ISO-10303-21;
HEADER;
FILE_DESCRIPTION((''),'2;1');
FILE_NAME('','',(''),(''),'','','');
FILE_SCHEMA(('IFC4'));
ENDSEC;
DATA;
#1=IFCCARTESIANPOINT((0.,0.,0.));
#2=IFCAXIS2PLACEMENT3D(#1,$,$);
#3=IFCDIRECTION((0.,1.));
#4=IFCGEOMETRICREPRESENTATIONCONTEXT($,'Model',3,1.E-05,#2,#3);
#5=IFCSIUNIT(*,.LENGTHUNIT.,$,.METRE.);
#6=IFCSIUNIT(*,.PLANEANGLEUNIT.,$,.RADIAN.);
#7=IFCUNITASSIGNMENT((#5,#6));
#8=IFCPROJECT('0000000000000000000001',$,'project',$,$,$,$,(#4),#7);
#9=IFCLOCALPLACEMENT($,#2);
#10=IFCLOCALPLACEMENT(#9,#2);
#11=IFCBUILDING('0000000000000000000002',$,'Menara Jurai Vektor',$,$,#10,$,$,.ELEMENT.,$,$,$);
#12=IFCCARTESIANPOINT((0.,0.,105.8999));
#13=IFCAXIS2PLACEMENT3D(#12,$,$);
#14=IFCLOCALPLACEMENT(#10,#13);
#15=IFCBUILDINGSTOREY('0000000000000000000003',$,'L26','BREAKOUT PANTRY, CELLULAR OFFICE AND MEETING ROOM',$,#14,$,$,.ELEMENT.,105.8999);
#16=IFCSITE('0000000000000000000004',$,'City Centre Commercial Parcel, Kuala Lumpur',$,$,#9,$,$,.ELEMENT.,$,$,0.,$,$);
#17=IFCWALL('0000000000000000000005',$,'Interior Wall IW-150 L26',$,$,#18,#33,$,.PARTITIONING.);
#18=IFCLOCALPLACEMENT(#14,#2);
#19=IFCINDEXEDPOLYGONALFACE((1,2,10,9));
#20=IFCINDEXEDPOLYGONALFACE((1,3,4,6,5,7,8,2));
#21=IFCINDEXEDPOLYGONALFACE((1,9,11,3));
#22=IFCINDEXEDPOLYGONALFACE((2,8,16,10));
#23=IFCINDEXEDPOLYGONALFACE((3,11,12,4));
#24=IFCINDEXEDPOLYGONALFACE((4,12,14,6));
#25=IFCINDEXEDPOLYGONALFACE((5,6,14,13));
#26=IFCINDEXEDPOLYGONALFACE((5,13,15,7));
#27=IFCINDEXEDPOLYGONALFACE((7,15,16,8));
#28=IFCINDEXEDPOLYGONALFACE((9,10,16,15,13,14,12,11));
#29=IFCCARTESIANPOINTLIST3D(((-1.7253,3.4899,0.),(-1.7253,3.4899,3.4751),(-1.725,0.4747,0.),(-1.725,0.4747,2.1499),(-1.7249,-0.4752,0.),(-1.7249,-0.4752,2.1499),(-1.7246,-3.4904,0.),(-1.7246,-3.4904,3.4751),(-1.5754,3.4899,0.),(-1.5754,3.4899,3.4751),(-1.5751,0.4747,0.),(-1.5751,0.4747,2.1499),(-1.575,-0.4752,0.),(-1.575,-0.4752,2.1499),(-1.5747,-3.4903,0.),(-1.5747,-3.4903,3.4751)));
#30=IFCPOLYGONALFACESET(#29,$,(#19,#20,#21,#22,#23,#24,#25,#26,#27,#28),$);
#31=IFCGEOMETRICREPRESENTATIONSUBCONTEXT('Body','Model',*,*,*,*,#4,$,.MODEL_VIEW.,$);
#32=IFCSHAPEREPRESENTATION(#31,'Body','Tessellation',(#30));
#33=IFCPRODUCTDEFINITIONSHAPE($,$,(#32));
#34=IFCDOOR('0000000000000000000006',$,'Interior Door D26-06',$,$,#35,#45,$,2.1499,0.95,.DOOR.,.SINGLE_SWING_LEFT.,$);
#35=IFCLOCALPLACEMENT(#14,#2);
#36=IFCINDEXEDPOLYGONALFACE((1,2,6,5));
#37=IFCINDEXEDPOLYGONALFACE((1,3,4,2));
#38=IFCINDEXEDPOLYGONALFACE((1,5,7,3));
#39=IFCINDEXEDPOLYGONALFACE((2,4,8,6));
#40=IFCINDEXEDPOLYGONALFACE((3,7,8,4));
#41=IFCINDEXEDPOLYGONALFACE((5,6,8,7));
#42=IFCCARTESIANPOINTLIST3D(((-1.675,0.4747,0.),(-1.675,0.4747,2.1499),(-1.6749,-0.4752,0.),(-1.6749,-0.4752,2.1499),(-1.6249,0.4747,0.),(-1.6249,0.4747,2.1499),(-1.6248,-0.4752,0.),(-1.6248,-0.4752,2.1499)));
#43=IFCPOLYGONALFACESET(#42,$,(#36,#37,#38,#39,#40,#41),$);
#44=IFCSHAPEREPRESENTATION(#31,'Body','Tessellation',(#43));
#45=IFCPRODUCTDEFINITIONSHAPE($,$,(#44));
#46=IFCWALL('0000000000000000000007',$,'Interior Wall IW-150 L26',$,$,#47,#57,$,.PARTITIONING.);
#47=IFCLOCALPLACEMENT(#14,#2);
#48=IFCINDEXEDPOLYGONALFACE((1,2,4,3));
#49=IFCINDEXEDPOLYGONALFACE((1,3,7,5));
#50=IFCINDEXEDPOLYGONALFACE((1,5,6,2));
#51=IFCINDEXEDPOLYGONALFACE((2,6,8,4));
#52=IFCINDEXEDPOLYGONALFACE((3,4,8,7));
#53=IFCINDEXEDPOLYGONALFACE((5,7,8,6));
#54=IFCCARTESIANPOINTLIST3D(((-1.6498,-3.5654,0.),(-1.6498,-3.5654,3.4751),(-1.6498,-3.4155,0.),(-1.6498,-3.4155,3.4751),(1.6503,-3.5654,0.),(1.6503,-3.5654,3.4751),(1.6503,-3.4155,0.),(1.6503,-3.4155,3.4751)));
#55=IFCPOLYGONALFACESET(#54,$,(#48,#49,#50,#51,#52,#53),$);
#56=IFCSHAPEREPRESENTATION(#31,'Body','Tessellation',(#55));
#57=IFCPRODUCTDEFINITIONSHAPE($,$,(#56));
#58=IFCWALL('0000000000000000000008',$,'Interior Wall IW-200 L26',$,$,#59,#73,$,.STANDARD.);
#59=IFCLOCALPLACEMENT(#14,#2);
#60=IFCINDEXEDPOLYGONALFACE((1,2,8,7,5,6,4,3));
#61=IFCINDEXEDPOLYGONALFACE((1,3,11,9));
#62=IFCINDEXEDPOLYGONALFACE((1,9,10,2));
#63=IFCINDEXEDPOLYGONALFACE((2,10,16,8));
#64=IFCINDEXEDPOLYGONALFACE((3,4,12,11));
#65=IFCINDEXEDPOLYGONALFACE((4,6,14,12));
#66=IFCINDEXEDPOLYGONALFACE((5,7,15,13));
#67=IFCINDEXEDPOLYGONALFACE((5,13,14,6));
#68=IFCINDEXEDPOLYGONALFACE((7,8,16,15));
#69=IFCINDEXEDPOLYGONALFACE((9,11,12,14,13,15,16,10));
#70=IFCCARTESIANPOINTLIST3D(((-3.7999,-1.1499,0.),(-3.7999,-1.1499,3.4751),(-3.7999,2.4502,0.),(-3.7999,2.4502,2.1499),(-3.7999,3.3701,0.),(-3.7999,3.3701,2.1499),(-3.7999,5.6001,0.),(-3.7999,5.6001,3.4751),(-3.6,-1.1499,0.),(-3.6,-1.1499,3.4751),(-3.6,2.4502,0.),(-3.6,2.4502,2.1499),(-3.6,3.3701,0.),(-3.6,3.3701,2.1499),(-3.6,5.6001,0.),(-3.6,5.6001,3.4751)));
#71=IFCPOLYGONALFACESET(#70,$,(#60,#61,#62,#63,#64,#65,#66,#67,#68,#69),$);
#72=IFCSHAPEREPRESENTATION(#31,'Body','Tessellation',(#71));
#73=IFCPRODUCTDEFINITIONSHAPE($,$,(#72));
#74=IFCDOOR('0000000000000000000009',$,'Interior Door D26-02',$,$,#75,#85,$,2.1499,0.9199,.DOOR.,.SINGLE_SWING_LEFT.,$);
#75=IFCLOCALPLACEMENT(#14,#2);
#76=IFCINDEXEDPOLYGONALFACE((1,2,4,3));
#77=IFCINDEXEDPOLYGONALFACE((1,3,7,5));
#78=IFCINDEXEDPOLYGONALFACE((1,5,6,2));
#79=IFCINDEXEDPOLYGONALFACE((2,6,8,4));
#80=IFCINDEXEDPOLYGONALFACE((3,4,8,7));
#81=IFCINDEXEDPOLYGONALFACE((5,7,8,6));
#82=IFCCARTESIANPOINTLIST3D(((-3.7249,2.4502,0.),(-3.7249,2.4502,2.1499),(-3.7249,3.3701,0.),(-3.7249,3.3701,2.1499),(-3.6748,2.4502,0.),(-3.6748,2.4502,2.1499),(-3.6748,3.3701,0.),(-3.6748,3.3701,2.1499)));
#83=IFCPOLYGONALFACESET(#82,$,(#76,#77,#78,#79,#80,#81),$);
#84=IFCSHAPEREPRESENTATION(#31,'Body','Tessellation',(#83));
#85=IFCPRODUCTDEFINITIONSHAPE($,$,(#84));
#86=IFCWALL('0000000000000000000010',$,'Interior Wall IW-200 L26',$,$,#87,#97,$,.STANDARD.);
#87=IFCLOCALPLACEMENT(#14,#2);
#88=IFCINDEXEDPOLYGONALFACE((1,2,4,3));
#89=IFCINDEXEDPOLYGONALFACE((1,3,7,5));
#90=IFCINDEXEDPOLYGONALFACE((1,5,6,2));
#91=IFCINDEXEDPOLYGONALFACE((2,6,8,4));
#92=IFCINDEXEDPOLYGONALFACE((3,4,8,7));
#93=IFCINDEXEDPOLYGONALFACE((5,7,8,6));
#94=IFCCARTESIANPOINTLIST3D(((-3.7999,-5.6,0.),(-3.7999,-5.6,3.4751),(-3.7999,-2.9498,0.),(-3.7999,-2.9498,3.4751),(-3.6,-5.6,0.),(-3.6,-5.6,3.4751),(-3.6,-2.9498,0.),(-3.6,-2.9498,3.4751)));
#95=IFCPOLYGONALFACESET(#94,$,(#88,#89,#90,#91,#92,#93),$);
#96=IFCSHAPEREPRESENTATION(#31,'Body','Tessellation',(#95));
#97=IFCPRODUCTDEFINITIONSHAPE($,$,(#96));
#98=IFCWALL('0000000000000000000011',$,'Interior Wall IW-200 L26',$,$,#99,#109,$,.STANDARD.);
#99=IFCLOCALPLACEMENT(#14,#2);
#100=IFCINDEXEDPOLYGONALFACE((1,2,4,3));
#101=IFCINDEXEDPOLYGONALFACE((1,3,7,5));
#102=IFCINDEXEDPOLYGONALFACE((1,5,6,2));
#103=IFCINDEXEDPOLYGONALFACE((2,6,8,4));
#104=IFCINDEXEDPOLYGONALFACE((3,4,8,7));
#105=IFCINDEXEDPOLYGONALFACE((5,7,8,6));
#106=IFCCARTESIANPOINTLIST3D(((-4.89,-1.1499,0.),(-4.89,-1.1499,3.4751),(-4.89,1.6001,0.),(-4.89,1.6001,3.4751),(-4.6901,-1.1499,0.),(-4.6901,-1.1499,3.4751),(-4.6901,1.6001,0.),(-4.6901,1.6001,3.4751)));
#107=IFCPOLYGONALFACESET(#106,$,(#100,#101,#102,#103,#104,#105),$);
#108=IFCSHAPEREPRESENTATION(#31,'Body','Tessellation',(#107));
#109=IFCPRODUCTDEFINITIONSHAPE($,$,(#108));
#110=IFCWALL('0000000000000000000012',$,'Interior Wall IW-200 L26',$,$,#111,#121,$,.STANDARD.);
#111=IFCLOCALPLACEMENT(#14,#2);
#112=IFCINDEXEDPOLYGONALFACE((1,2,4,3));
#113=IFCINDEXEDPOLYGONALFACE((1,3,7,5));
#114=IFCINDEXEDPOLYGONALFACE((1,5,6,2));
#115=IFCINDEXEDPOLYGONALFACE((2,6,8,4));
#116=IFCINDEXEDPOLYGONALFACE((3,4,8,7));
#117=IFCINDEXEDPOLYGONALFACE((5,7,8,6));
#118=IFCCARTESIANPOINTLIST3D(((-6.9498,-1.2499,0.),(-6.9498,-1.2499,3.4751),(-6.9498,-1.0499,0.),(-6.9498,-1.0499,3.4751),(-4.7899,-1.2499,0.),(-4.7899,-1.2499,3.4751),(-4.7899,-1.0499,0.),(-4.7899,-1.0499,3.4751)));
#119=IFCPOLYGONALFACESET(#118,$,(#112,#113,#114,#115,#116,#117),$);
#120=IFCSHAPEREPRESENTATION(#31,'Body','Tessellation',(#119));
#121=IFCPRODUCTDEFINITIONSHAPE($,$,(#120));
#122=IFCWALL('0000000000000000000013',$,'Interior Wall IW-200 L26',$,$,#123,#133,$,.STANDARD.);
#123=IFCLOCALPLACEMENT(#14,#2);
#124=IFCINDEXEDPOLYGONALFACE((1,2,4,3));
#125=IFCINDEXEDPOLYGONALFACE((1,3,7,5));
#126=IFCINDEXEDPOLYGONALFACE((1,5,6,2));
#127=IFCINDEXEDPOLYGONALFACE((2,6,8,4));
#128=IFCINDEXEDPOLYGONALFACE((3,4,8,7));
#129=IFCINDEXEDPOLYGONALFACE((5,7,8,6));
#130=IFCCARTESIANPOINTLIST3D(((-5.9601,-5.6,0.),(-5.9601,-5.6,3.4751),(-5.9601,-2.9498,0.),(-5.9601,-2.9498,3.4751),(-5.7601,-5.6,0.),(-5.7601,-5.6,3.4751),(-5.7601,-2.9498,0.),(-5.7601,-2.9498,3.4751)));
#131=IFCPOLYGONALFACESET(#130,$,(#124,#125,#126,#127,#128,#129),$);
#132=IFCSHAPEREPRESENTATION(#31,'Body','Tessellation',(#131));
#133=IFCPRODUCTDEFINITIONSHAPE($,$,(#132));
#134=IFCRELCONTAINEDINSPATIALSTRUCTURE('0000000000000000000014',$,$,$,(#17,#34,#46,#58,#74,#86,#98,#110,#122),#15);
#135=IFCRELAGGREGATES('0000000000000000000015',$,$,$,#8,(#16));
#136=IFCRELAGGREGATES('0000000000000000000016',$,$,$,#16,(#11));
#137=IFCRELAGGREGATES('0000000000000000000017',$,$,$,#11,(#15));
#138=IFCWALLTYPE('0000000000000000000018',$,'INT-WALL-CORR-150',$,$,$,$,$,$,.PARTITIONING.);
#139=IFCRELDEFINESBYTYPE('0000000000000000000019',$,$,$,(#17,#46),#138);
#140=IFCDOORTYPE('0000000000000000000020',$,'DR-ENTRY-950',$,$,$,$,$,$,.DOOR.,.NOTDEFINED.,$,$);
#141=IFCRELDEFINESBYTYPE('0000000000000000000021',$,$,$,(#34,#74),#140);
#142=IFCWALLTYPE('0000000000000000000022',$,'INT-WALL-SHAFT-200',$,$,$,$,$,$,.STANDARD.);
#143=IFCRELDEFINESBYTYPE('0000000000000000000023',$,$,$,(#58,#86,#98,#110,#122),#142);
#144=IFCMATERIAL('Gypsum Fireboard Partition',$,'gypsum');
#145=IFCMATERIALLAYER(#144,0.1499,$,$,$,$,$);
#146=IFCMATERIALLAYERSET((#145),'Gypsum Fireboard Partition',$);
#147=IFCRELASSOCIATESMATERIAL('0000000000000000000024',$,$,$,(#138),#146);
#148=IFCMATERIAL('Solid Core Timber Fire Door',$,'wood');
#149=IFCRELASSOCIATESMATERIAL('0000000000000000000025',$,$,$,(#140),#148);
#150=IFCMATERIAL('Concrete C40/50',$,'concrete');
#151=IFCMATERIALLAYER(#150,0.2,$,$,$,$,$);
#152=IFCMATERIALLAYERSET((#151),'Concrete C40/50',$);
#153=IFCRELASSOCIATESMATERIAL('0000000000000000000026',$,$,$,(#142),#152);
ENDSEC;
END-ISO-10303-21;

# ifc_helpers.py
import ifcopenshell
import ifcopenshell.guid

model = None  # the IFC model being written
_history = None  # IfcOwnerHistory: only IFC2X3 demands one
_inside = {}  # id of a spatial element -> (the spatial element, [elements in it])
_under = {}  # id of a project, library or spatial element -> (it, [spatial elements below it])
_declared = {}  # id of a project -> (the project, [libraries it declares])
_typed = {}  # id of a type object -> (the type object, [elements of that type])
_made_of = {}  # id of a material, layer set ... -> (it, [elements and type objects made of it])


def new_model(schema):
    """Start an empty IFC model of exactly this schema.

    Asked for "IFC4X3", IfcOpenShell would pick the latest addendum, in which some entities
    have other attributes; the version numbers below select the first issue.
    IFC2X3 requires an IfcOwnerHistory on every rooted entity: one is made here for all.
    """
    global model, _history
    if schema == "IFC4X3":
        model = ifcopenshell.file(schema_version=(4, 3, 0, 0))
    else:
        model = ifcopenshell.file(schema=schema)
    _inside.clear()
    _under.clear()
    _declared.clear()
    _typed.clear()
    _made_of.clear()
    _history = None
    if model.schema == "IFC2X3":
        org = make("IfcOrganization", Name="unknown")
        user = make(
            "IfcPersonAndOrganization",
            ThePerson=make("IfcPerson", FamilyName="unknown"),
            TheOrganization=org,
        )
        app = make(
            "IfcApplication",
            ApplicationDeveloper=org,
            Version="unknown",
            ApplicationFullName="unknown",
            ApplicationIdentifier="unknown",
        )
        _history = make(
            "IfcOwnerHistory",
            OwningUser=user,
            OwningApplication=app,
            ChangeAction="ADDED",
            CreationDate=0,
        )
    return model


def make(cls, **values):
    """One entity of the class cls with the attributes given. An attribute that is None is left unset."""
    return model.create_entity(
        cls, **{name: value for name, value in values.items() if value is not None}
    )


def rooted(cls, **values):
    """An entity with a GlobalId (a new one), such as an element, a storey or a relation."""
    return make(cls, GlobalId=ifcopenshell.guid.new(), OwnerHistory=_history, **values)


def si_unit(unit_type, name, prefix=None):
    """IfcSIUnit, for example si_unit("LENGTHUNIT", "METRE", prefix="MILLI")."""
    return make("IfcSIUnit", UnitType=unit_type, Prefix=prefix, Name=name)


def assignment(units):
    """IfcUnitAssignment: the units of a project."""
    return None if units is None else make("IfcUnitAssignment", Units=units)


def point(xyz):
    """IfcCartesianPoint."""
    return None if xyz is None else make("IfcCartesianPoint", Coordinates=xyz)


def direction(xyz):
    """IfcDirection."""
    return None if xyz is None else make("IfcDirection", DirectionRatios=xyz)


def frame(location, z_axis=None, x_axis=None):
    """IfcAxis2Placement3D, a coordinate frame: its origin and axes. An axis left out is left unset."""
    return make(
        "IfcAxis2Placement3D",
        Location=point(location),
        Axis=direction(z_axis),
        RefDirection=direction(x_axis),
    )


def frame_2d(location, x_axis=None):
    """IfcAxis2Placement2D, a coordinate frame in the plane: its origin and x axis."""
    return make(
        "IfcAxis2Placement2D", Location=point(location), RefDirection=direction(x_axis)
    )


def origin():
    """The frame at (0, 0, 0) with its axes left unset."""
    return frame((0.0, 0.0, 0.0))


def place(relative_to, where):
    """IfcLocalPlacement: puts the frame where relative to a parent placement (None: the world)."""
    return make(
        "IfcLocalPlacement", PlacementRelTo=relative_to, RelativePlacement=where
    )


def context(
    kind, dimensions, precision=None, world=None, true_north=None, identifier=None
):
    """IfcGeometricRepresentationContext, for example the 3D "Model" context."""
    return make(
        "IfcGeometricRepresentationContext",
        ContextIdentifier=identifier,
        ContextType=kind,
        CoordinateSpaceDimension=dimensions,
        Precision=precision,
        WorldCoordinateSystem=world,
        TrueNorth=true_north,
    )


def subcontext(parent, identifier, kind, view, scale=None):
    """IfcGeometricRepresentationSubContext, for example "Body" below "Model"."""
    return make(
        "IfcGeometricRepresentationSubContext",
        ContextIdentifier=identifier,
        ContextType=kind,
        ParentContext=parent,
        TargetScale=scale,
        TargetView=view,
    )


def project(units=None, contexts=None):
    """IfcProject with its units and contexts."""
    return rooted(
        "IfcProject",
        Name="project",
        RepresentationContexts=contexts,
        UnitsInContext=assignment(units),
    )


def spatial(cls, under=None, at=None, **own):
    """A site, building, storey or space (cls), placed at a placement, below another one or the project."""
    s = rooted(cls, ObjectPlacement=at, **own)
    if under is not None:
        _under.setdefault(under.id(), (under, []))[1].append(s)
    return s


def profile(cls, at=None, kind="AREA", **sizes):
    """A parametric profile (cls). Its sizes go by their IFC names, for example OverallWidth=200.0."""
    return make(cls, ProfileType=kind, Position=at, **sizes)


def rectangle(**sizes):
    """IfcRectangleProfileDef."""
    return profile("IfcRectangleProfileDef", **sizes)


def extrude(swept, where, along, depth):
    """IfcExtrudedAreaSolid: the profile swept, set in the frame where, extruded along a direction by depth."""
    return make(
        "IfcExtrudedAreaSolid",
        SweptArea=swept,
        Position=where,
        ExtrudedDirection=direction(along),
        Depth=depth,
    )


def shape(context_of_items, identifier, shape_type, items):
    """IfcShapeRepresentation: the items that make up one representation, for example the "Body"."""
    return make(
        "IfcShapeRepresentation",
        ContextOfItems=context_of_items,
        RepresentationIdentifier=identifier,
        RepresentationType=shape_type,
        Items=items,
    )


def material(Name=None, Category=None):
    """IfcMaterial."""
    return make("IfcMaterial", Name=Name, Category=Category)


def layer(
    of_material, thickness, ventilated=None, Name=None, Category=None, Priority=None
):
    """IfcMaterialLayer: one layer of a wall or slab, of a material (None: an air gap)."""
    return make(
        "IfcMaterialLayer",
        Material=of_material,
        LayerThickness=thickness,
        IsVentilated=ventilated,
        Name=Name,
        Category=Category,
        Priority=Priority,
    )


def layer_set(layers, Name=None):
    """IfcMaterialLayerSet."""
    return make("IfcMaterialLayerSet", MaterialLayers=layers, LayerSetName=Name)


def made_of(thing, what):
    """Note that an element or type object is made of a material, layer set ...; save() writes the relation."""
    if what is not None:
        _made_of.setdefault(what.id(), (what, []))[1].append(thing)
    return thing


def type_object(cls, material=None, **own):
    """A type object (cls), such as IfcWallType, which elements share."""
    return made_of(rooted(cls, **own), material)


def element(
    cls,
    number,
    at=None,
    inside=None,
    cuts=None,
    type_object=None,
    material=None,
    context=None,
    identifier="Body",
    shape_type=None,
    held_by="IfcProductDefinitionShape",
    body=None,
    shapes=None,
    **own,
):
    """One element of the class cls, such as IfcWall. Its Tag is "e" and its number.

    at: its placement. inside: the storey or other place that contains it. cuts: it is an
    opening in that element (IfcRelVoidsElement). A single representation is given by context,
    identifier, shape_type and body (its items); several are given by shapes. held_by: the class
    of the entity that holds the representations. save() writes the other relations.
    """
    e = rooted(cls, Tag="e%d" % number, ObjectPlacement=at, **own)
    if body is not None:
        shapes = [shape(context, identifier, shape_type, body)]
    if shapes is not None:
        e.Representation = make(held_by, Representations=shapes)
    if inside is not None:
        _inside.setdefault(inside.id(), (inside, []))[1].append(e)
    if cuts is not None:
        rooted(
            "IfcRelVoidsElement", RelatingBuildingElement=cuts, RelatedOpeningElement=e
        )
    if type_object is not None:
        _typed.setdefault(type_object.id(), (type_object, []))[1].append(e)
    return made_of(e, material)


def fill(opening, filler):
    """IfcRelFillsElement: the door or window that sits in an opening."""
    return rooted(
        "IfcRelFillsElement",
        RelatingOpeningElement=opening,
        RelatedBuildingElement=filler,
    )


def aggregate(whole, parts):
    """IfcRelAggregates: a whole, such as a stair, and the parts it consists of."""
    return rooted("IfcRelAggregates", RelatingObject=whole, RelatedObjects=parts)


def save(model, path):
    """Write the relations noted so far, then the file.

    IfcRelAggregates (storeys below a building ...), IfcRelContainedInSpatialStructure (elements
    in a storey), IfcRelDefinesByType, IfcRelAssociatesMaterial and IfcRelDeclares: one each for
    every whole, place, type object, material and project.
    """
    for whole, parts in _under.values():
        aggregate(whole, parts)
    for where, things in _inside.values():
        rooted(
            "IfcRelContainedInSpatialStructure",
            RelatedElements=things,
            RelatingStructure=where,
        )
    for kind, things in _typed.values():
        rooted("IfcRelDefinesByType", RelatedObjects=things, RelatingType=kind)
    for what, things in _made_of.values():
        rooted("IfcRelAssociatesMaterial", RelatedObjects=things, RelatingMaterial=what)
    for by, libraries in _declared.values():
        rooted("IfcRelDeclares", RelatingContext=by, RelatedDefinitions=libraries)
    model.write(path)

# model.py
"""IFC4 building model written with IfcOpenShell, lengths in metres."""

from ifc_helpers import new_model, si_unit, direction, frame, frame_2d, origin, place, context, subcontext, project, spatial, rectangle, extrude, material, layer, layer_set, type_object, element, fill, save


model = new_model("IFC4")

# Units and contexts
model_context = context("Model", 3, precision=1e-05, world=origin(), true_north=direction((0.0, 1.0)))
body_context = subcontext(model_context, "Body", "Model", "MODEL_VIEW")
ifc_project = project(units=[si_unit("LENGTHUNIT", "METRE"), si_unit("PLANEANGLEUNIT", "RADIAN")], contexts=[model_context])

# Site, building, storey
site_placement = place(None, origin())
site = spatial("IfcSite", under=ifc_project, at=site_placement, Name="City Centre Commercial Parcel, Kuala Lumpur", CompositionType="ELEMENT", RefElevation=0.0)
building_placement = place(site_placement, origin())
building = spatial("IfcBuilding", under=site, at=building_placement, Name="Menara Jurai Vektor", CompositionType="ELEMENT")
storey_placement = place(building_placement, frame((0.0, 0.0, 105.8999)))
storey = spatial("IfcBuildingStorey", under=building, at=storey_placement, Name="L26", Description="BREAKOUT PANTRY, CELLULAR OFFICE AND MEETING ROOM", CompositionType="ELEMENT", Elevation=105.8999)

# Shared definitions
ifc_material_1 = material(Name="Concrete C40/50", Category="concrete")

# Shared definitions
ifc_material_2 = material(Name="Gypsum Fireboard Partition", Category="gypsum")
ifc_layer_1 = layer(ifc_material_2, 0.1499)
ifc_layer_set_1 = layer_set([ifc_layer_1], Name="Gypsum Fireboard Partition")
wall_type_1 = type_object("IfcWallType", Name="INT-WALL-CORR-150", PredefinedType="PARTITIONING", material=ifc_layer_set_1)

# Wall, opening, door
wall_1_placement = place(storey_placement, frame((-1.6497, -3.4905, 0.0), z_axis=(0.0, 0.0, 1.0), x_axis=(-0.000105, 1.0, 0.0)))
wall_1 = element("IfcWall", 1, at=wall_1_placement, inside=storey, type_object=wall_type_1, Name="Interior Wall IW-150 L26", PredefinedType="PARTITIONING", context=body_context, shape_type="SweptSolid", body=[
    extrude(rectangle(XDim=6.9802, YDim=0.1499, at=frame_2d((3.4902, 0.0))), origin(), (0.0, 0.0, 1.0), 3.4751),
])
opening_1_placement = place(wall_1_placement, frame((3.0151, 0.0, 0.0)))
opening_1 = element("IfcOpeningElement", 2, at=opening_1_placement, cuts=wall_1, PredefinedType="OPENING", context=body_context, shape_type="SweptSolid", body=[
    extrude(rectangle(XDim=0.95, YDim=2.1499, at=frame_2d((0.4751, 1.075))), frame((0.0, 0.085, 0.0), z_axis=(0.0, -1.0, 0.0), x_axis=(1.0, 0.0, 0.0)), (0.0, 0.0, 1.0), 0.1699),
])
ifc_material_3 = material(Name="Solid Core Timber Fire Door", Category="wood")
door_type_1 = type_object("IfcDoorType", Name="DR-ENTRY-950", OperationType="NOTDEFINED", PredefinedType="DOOR", material=ifc_material_3)
door_1_placement = place(opening_1_placement, origin())
door_1 = element("IfcDoor", 3, at=door_1_placement, inside=storey, type_object=door_type_1, Name="Interior Door D26-06", OperationType="SINGLE_SWING_LEFT", OverallHeight=2.1499, OverallWidth=0.95, PredefinedType="DOOR", context=body_context, shape_type="SweptSolid", body=[
    extrude(rectangle(XDim=0.95, YDim=2.1499, at=frame_2d((0.4751, 1.075))), frame((0.0, 0.0249, 0.0), z_axis=(0.0, -1.0, 0.0), x_axis=(1.0, 0.0, 0.0)), (0.0, 0.0, 1.0), 0.05),
])
fill(opening_1, door_1)

# Wall
wall_2_placement = place(storey_placement, frame((-1.6497, -3.4905, 0.0), z_axis=(0.0, 0.0, 1.0), x_axis=(1.0, 0.0, 0.0)))
element("IfcWall", 4, at=wall_2_placement, inside=storey, type_object=wall_type_1, Name="Interior Wall IW-150 L26", PredefinedType="PARTITIONING", context=body_context, shape_type="SweptSolid", body=[
    extrude(rectangle(XDim=3.3, YDim=0.1499, at=frame_2d((1.6499, 0.0))), origin(), (0.0, 0.0, 1.0), 3.4751),
])

# Wall, opening, door
ifc_layer_2 = layer(ifc_material_1, 0.2)
ifc_layer_set_2 = layer_set([ifc_layer_2], Name="Concrete C40/50")
wall_type_2 = type_object("IfcWallType", Name="INT-WALL-SHAFT-200", PredefinedType="STANDARD", material=ifc_layer_set_2)
wall_3_placement = place(storey_placement, frame((-3.7, -1.1499, 0.0), z_axis=(0.0, 0.0, 1.0), x_axis=(0.0, 1.0, 0.0)))
wall_3 = element("IfcWall", 5, at=wall_3_placement, inside=storey, type_object=wall_type_2, Name="Interior Wall IW-200 L26", PredefinedType="STANDARD", context=body_context, shape_type="SweptSolid", body=[
    extrude(rectangle(XDim=6.75, YDim=0.2, at=frame_2d((3.375, 0.0))), origin(), (0.0, 0.0, 1.0), 3.4751),
])
opening_2_placement = place(wall_3_placement, frame((3.6001, 0.0, 0.0)))
opening_2 = element("IfcOpeningElement", 6, at=opening_2_placement, cuts=wall_3, PredefinedType="OPENING", context=body_context, shape_type="SweptSolid", body=[
    extrude(rectangle(XDim=0.9199, YDim=2.1499, at=frame_2d((0.46, 1.075))), frame((0.0, 0.1099, 0.0), z_axis=(0.0, -1.0, 0.0), x_axis=(1.0, 0.0, 0.0)), (0.0, 0.0, 1.0), 0.22),
])
door_2_placement = place(opening_2_placement, origin())
door_2 = element("IfcDoor", 7, at=door_2_placement, inside=storey, type_object=door_type_1, Name="Interior Door D26-02", OperationType="SINGLE_SWING_LEFT", OverallHeight=2.1499, OverallWidth=0.9199, PredefinedType="DOOR", context=body_context, shape_type="SweptSolid", body=[
    extrude(rectangle(XDim=0.9199, YDim=2.1499, at=frame_2d((0.46, 1.075))), frame((0.0, 0.0249, 0.0), z_axis=(0.0, -1.0, 0.0), x_axis=(1.0, 0.0, 0.0)), (0.0, 0.0, 1.0), 0.05),
])
fill(opening_2, door_2)

# Walls
wall_4_placement = place(storey_placement, frame((-3.7, -5.6001, 0.0), z_axis=(0.0, 0.0, 1.0), x_axis=(0.0, 1.0, 0.0)))
element("IfcWall", 8, at=wall_4_placement, inside=storey, type_object=wall_type_2, Name="Interior Wall IW-200 L26", PredefinedType="STANDARD", context=body_context, shape_type="SweptSolid", body=[
    extrude(rectangle(XDim=2.6501, YDim=0.2, at=frame_2d((1.3252, 0.0))), origin(), (0.0, 0.0, 1.0), 3.4751),
])
wall_5_placement = place(storey_placement, frame((-4.79, -1.1499, 0.0), z_axis=(0.0, 0.0, 1.0), x_axis=(0.0, 1.0, 0.0)))
element("IfcWall", 9, at=wall_5_placement, inside=storey, type_object=wall_type_2, Name="Interior Wall IW-200 L26", PredefinedType="STANDARD", context=body_context, shape_type="SweptSolid", body=[
    extrude(rectangle(XDim=2.75, YDim=0.2, at=frame_2d((1.375, 0.0))), origin(), (0.0, 0.0, 1.0), 3.4751),
])
wall_6_placement = place(storey_placement, frame((-6.95, -1.1499, 0.0), z_axis=(0.0, 0.0, 1.0), x_axis=(1.0, 0.0, 0.0)))
element("IfcWall", 10, at=wall_6_placement, inside=storey, type_object=wall_type_2, Name="Interior Wall IW-200 L26", PredefinedType="STANDARD", context=body_context, shape_type="SweptSolid", body=[
    extrude(rectangle(XDim=2.1599, YDim=0.2, at=frame_2d((1.0801, 0.0))), origin(), (0.0, 0.0, 1.0), 3.4751),
])
wall_7_placement = place(storey_placement, frame((-5.8601, -5.6001, 0.0), z_axis=(0.0, 0.0, 1.0), x_axis=(0.0, 1.0, 0.0)))
element("IfcWall", 11, at=wall_7_placement, inside=storey, type_object=wall_type_2, Name="Interior Wall IW-200 L26", PredefinedType="STANDARD", context=body_context, shape_type="SweptSolid", body=[
    extrude(rectangle(XDim=2.6501, YDim=0.2, at=frame_2d((1.3252, 0.0))), origin(), (0.0, 0.0, 1.0), 3.4751),
])

save(model, "model.ifc")
